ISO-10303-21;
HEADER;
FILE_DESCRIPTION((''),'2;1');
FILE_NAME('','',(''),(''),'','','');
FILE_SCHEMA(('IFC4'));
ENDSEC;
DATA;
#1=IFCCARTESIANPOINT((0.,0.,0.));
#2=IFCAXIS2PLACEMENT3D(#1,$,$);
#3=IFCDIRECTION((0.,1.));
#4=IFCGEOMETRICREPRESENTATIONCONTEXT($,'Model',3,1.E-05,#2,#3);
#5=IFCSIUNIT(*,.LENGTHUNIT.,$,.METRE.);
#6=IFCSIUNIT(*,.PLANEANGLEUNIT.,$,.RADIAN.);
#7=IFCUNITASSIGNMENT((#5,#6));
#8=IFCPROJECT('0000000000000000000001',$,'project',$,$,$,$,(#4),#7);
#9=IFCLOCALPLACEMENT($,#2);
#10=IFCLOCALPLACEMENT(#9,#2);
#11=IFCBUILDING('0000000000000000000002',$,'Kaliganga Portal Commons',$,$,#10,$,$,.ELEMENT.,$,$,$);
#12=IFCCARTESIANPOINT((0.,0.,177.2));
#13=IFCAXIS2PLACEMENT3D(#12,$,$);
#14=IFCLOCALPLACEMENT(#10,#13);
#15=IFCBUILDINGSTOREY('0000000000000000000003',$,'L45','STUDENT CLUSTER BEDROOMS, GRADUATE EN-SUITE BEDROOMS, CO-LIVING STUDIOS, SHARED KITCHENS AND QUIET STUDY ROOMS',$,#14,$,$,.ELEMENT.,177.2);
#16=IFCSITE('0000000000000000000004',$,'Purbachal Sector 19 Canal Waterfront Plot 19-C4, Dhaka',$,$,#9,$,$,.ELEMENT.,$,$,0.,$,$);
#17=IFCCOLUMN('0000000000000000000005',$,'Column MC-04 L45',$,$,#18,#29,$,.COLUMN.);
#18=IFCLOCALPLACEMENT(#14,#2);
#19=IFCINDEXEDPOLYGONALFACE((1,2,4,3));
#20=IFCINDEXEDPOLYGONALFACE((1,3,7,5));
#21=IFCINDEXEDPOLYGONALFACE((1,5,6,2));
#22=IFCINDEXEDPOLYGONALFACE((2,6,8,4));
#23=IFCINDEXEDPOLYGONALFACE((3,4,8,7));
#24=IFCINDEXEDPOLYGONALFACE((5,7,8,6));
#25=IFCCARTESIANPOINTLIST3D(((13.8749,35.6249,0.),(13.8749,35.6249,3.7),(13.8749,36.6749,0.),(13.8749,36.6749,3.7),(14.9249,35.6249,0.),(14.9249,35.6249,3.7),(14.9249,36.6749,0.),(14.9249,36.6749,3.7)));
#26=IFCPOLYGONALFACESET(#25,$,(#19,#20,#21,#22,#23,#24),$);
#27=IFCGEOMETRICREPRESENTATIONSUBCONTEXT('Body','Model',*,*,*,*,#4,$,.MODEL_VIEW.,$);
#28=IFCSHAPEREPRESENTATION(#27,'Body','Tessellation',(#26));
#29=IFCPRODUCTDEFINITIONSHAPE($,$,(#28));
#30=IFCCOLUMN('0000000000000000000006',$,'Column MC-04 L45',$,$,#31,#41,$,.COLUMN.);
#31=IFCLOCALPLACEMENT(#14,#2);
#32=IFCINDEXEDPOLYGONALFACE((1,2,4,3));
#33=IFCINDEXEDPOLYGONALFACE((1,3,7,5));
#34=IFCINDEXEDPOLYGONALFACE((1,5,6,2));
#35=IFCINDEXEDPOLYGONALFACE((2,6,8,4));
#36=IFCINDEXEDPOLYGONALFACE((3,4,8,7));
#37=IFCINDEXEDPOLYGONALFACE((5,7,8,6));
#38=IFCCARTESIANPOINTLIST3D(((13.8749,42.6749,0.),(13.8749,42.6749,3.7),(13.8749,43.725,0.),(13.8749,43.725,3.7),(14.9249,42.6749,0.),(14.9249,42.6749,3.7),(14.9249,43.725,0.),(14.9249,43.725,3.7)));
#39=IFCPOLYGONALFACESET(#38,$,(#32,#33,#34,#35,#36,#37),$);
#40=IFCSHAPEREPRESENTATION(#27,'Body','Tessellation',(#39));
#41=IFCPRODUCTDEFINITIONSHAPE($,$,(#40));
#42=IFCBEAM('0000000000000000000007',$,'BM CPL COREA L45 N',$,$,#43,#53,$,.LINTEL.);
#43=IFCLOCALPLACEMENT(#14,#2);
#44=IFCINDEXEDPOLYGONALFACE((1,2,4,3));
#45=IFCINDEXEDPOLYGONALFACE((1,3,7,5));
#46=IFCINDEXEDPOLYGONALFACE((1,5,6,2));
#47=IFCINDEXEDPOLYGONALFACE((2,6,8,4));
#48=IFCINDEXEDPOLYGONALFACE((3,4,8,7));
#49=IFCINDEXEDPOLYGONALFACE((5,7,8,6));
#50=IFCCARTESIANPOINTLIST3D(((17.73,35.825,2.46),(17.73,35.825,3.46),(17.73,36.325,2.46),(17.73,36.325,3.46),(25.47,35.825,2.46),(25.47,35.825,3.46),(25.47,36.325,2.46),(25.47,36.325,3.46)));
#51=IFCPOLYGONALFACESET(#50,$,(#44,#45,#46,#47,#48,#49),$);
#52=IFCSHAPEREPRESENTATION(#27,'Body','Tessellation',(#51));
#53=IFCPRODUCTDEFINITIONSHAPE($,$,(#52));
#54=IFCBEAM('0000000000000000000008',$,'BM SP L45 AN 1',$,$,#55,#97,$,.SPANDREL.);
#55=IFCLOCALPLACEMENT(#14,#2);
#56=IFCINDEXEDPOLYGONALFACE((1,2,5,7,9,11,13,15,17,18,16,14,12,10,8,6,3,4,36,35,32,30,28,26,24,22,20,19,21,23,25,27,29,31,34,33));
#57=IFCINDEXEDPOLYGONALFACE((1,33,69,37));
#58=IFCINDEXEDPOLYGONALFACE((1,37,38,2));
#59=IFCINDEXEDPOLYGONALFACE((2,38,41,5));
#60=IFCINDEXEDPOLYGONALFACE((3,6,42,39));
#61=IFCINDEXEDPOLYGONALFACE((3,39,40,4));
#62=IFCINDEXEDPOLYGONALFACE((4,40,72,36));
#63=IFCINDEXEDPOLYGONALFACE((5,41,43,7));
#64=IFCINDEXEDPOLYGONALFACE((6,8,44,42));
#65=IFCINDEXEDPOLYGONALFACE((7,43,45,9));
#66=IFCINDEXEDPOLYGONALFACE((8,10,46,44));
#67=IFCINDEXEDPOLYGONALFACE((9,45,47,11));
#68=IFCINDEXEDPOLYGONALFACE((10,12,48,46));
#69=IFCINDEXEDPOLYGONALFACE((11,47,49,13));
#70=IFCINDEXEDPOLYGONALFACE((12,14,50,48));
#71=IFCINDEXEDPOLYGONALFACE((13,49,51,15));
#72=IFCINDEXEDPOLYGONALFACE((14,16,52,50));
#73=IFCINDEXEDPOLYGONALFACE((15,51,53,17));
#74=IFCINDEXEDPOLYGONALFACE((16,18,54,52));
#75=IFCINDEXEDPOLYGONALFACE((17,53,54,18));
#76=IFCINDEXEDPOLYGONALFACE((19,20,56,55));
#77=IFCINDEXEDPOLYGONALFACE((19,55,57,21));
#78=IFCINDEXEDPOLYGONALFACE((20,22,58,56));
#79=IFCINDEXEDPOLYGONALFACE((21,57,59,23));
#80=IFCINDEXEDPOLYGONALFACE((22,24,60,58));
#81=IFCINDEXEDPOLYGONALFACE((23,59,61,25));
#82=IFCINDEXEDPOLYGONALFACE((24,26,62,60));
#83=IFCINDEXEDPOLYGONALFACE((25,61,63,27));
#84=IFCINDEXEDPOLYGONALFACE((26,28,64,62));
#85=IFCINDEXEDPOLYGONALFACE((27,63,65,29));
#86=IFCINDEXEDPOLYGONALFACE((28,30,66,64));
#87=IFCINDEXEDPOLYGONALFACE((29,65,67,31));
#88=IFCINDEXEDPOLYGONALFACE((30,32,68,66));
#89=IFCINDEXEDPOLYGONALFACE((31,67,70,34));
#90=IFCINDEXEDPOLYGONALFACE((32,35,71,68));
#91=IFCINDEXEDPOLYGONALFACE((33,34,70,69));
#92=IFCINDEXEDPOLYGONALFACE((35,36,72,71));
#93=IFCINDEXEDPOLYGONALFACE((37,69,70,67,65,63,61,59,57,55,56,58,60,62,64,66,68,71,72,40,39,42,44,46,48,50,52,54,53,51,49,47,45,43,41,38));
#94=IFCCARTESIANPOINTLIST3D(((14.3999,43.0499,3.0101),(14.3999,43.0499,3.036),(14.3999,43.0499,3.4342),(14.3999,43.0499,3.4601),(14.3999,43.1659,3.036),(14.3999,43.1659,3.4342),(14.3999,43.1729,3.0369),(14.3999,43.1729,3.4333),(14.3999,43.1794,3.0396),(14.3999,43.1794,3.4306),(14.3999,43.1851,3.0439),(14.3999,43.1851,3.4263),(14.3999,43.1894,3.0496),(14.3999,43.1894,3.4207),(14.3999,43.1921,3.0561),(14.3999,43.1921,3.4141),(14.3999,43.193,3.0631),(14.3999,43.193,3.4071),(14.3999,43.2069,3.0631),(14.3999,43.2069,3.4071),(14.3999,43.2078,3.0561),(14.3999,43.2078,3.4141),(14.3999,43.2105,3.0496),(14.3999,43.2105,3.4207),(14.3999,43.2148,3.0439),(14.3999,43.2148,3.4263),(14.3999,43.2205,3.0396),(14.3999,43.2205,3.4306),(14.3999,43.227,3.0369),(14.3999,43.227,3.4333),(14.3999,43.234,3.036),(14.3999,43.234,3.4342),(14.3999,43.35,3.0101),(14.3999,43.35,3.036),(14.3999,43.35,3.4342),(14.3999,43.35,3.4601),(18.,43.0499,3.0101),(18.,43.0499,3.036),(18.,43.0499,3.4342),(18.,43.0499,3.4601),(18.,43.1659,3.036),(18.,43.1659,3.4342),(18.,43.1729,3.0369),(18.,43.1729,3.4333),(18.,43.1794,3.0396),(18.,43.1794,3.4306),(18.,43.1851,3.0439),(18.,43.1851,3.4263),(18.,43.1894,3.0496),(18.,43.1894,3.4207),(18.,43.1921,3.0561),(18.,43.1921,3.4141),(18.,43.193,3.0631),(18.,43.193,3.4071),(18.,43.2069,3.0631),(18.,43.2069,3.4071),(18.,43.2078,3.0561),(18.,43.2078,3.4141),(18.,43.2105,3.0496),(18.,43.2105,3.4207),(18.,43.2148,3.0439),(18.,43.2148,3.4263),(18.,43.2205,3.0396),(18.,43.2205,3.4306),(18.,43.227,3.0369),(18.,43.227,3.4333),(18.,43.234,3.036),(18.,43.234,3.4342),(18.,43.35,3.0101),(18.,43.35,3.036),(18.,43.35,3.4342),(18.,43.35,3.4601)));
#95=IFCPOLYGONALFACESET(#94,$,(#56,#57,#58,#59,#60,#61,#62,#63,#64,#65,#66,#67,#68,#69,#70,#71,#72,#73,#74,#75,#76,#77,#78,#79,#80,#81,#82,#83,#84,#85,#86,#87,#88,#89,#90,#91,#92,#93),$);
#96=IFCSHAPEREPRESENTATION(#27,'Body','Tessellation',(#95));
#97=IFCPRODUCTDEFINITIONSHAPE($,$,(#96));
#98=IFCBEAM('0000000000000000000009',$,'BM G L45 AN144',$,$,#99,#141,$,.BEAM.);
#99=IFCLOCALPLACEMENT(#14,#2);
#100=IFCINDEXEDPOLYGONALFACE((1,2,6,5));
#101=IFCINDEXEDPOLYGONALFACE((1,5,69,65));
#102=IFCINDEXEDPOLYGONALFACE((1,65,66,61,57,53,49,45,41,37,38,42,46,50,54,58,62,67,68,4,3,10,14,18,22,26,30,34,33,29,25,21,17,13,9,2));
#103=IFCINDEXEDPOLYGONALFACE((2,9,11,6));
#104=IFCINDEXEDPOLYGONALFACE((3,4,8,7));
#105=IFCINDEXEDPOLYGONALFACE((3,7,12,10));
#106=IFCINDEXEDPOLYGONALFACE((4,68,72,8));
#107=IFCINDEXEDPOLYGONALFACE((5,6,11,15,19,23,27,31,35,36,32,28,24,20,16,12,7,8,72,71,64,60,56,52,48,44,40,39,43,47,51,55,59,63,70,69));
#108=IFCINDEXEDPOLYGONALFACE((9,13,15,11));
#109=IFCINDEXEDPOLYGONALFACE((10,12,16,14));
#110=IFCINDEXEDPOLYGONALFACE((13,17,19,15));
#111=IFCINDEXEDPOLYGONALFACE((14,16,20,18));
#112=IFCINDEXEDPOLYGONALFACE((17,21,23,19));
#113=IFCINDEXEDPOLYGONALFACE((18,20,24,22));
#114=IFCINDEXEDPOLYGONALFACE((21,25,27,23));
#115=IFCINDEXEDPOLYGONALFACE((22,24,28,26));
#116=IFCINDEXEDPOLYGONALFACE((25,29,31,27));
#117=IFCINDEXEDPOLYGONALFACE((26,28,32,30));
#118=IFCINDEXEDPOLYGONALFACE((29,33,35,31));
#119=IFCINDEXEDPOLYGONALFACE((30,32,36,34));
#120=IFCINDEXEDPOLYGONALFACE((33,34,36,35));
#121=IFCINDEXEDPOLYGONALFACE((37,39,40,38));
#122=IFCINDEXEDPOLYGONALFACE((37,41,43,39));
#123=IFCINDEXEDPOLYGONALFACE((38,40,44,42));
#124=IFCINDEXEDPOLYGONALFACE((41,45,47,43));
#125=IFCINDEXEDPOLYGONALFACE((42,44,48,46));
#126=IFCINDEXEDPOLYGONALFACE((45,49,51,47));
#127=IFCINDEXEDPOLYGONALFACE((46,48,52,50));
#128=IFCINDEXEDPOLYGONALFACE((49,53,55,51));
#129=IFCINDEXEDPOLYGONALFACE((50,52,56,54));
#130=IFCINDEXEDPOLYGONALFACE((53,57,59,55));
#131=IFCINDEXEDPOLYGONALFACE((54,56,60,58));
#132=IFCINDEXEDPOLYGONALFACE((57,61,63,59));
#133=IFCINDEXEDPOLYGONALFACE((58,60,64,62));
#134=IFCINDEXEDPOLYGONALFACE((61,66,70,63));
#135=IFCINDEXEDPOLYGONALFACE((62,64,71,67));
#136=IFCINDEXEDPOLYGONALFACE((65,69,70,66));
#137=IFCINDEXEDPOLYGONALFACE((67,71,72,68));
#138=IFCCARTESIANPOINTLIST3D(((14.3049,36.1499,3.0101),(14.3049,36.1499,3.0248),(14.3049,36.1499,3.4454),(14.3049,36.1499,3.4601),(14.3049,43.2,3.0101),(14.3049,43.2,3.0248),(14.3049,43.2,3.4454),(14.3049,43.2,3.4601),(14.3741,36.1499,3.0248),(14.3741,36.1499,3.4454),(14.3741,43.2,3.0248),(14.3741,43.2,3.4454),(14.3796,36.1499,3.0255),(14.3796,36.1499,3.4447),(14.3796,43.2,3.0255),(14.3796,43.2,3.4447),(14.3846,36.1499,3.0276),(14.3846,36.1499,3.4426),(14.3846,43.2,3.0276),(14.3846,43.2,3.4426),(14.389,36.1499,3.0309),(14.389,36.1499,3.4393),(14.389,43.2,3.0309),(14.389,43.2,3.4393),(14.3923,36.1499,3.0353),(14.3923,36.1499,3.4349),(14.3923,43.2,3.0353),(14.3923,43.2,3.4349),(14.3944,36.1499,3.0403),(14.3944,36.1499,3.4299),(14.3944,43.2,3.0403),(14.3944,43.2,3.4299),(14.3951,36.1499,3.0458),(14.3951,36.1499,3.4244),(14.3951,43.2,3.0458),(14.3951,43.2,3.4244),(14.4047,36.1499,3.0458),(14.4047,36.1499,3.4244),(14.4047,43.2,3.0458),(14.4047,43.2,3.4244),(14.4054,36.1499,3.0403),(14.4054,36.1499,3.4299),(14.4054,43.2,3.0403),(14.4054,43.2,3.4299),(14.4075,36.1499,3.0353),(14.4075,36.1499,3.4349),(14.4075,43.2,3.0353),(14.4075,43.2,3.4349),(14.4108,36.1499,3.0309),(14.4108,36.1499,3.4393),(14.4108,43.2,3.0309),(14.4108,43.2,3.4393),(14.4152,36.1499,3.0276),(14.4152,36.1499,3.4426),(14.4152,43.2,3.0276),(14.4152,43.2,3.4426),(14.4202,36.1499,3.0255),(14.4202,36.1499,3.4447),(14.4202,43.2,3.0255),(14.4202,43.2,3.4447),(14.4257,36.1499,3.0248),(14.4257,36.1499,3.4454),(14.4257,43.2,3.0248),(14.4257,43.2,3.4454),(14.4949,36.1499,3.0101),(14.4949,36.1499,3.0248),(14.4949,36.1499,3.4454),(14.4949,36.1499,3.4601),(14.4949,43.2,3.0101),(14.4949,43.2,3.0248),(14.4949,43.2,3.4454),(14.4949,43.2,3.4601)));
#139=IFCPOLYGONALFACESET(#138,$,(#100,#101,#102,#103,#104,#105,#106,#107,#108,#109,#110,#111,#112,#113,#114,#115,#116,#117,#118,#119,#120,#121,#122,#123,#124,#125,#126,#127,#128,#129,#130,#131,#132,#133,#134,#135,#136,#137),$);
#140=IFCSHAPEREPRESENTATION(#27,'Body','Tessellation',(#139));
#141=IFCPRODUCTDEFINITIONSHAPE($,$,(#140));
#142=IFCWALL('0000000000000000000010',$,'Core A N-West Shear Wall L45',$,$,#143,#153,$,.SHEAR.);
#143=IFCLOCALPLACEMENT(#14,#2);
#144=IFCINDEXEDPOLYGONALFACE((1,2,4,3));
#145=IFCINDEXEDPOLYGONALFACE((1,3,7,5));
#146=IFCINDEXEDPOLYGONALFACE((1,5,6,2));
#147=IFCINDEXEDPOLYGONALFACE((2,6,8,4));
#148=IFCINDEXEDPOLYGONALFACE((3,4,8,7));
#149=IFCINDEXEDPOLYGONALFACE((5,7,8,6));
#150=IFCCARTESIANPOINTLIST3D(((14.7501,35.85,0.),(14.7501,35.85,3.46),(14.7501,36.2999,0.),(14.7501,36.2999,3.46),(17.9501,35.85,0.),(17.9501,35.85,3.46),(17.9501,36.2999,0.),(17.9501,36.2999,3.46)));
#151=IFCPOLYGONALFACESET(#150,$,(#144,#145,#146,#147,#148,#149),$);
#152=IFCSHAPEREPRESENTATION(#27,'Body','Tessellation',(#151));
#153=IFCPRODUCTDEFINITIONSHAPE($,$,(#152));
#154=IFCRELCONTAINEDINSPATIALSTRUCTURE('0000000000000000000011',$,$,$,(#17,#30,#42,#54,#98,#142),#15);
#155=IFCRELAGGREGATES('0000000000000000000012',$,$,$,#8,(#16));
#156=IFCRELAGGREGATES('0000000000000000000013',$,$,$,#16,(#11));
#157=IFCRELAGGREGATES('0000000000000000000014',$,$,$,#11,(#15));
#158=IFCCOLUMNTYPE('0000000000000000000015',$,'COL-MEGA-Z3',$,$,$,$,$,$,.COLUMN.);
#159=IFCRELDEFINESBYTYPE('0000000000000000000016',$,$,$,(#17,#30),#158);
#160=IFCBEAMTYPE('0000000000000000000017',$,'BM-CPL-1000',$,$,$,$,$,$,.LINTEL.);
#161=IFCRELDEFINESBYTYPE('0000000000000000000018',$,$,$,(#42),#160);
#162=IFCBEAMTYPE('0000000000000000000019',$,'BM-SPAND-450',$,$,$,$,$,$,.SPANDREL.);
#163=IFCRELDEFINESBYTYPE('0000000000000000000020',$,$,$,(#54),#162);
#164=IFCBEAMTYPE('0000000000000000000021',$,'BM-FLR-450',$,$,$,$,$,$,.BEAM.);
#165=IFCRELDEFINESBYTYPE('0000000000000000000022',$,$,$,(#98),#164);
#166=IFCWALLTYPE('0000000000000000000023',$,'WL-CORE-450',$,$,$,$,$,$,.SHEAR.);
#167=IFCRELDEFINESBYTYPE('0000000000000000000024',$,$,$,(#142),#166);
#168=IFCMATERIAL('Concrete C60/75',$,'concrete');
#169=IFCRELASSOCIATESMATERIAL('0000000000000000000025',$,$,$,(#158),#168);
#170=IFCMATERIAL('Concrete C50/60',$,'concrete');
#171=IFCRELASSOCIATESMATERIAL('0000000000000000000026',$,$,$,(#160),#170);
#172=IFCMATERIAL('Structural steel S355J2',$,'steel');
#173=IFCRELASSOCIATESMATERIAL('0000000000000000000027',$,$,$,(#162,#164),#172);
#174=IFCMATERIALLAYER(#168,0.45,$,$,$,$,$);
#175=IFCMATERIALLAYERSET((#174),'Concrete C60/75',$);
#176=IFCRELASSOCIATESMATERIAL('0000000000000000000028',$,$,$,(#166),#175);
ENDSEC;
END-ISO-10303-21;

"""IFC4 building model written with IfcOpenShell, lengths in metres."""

from ifc_helpers import new_model, si_unit, direction, frame, frame_2d, origin, origin_2d, place, context, subcontext, project, spatial, rectangle, i_section, extrude, source, transform, mapped, material, layer, layer_set, material_profile, profile_set, type_object, element, save


model = new_model("IFC4")

# Units and contexts
model_context = context("Model", 3, precision=1e-05, world=origin(), true_north=direction((0.0, 1.0)))
body_context = subcontext(model_context, "Body", "Model", "MODEL_VIEW")
ifc_project = project(units=[si_unit("LENGTHUNIT", "METRE"), si_unit("PLANEANGLEUNIT", "RADIAN")], contexts=[model_context])

# Site, building, storey
site_placement = place(None, origin())
site = spatial("IfcSite", under=ifc_project, at=site_placement, Name="Purbachal Sector 19 Canal Waterfront Plot 19-C4, Dhaka", CompositionType="ELEMENT", RefElevation=0.0)
building_placement = place(site_placement, origin())
building = spatial("IfcBuilding", under=site, at=building_placement, Name="Kaliganga Portal Commons", CompositionType="ELEMENT")
storey_placement = place(building_placement, frame((0.0, 0.0, 177.2)))
storey = spatial("IfcBuildingStorey", under=building, at=storey_placement, Name="L45", Description="STUDENT CLUSTER BEDROOMS, GRADUATE EN-SUITE BEDROOMS, CO-LIVING STUDIOS, SHARED KITCHENS AND QUIET STUDY ROOMS", CompositionType="ELEMENT", Elevation=177.2)

# Columns
ifc_material_1 = material(Name="Concrete C60/75", Category="concrete")
ifc_material_profile_1 = material_profile(ifc_material_1, rectangle(XDim=1.05, YDim=1.05, at=origin_2d()), Name="RC 1050x1050")
ifc_profile_set_1 = profile_set([ifc_material_profile_1], Name="Concrete C60/75")
column_type = type_object("IfcColumnType", Name="COL-MEGA-Z3", PredefinedType="COLUMN", material=ifc_profile_set_1)
shared_shape_1 = source(origin(), body_context, "Body", "SweptSolid", [
    extrude(rectangle(XDim=1.05, YDim=1.05, at=origin_2d()), origin(), (0.0, 0.0, 1.0), 3.7),
])
for number, where, z_axis, x_axis, name in (
    (1, (14.3999, 36.1499, 0.0), (0.0, 0.0, 1.0), (1.0, 0.0, 0.0), "Column MC-04 L45"),
    (2, (14.3999, 43.2, 0.0), (0.0, 0.0, 1.0), (1.0, 0.0, 0.0), "Column MC-04 L45"),
):
    element("IfcColumn", number, at=place(storey_placement, frame(where, z_axis=z_axis, x_axis=x_axis)), inside=storey, type_object=column_type, Name=name, PredefinedType="COLUMN", context=body_context, shape_type="MappedRepresentation", body=[
        mapped(shared_shape_1, transform((0.0, 0.0, 0.0), x_axis=(1.0, 0.0, 0.0), y_axis=(0.0, 1.0, 0.0), z_axis=(0.0, 0.0, 1.0), scale=1.0)),
    ])

# Beams
ifc_material_2 = material(Name="Concrete C50/60", Category="concrete")
ifc_material_profile_2 = material_profile(ifc_material_2, rectangle(XDim=0.5, YDim=1.0, at=origin_2d()), Name="RC 500x1000")
ifc_profile_set_2 = profile_set([ifc_material_profile_2], Name="Concrete C50/60")
beam_type_1 = type_object("IfcBeamType", Name="BM-CPL-1000", PredefinedType="LINTEL", material=ifc_profile_set_2)
shared_shape_2 = source(origin(), body_context, "Body", "SweptSolid", [
    extrude(rectangle(XDim=0.5, YDim=1.0, at=origin_2d()), origin(), (0.0, 0.0, 1.0), 7.74),
])
beam_1_placement = place(storey_placement, frame((17.73, 36.075, 2.96), z_axis=(1.0, 0.0, 0.0), x_axis=(0.0, 1.0, 0.0)))
element("IfcBeam", 3, at=beam_1_placement, inside=storey, type_object=beam_type_1, Name="BM CPL COREA L45 N", PredefinedType="LINTEL", context=body_context, shape_type="MappedRepresentation", body=[
    mapped(shared_shape_2, transform((0.0, 0.0, 0.0), x_axis=(1.0, 0.0, 0.0), y_axis=(0.0, 1.0, 0.0), z_axis=(0.0, 0.0, 1.0), scale=1.0)),
])
ifc_material_3 = material(Name="Structural steel S355J2", Category="steel")
ifc_material_profile_3 = material_profile(ifc_material_3, i_section(OverallWidth=0.3, OverallDepth=0.45, WebThickness=0.0139, FlangeThickness=0.0259, FilletRadius=0.0271, at=origin_2d()), Name="HE 450 B")
ifc_profile_set_3 = profile_set([ifc_material_profile_3], Name="Structural steel S355J2 wide-flange")
beam_type_2 = type_object("IfcBeamType", Name="BM-SPAND-450", PredefinedType="SPANDREL", material=ifc_profile_set_3)
shared_shape_3 = source(origin(), body_context, "Body", "SweptSolid", [
    extrude(i_section(OverallWidth=0.3, OverallDepth=0.45, WebThickness=0.0139, FlangeThickness=0.0259, FilletRadius=0.0271, at=origin_2d()), origin(), (0.0, 0.0, 1.0), 3.6001),
])
beam_2_placement = place(storey_placement, frame((14.3999, 43.2, 3.2351), z_axis=(1.0, 0.0, 0.0), x_axis=(0.0, 1.0, 0.0)))
element("IfcBeam", 4, at=beam_2_placement, inside=storey, type_object=beam_type_2, Name="BM SP L45 AN 1", PredefinedType="SPANDREL", context=body_context, shape_type="MappedRepresentation", body=[
    mapped(shared_shape_3, transform((0.0, 0.0, 0.0), x_axis=(1.0, 0.0, 0.0), y_axis=(0.0, 1.0, 0.0), z_axis=(0.0, 0.0, 1.0), scale=1.0)),
])
ifc_material_profile_4 = material_profile(ifc_material_3, i_section(OverallWidth=0.1899, OverallDepth=0.45, WebThickness=0.0095, FlangeThickness=0.0146, FilletRadius=0.021, at=origin_2d()), Name="IPE 450")
ifc_profile_set_4 = profile_set([ifc_material_profile_4], Name="Structural steel S355J2 wide-flange")
beam_type_3 = type_object("IfcBeamType", Name="BM-FLR-450", PredefinedType="BEAM", material=ifc_profile_set_4)
shared_shape_4 = source(origin(), body_context, "Body", "SweptSolid", [
    extrude(i_section(OverallWidth=0.1899, OverallDepth=0.45, WebThickness=0.0095, FlangeThickness=0.0146, FilletRadius=0.021, at=origin_2d()), origin(), (0.0, 0.0, 1.0), 7.05),
])
beam_3_placement = place(storey_placement, frame((14.3999, 36.1499, 3.2351), z_axis=(0.0, 1.0, 0.0), x_axis=(-1.0, 0.0, 0.0)))
element("IfcBeam", 5, at=beam_3_placement, inside=storey, type_object=beam_type_3, Name="BM G L45 AN144", PredefinedType="BEAM", context=body_context, shape_type="MappedRepresentation", body=[
    mapped(shared_shape_4, transform((0.0, 0.0, 0.0), x_axis=(1.0, 0.0, 0.0), y_axis=(0.0, 1.0, 0.0), z_axis=(0.0, 0.0, 1.0), scale=1.0)),
])

# Wall
ifc_layer_1 = layer(ifc_material_1, 0.45)
ifc_layer_set_1 = layer_set([ifc_layer_1], Name="Concrete C60/75")
wall_type_1 = type_object("IfcWallType", Name="WL-CORE-450", PredefinedType="SHEAR", material=ifc_layer_set_1)
wall_1_placement = place(storey_placement, frame((14.75, 36.075, 0.0), z_axis=(0.0, 0.0, 1.0), x_axis=(1.0, 0.0, 0.0)))
element("IfcWall", 6, at=wall_1_placement, inside=storey, type_object=wall_type_1, Name="Core A N-West Shear Wall L45", PredefinedType="SHEAR", context=body_context, shape_type="SweptSolid", body=[
    extrude(rectangle(XDim=3.2, YDim=0.45, at=frame_2d((1.6001, 0.0))), origin(), (0.0, 0.0, 1.0), 3.46),
])

save(model, "model.ifc")
